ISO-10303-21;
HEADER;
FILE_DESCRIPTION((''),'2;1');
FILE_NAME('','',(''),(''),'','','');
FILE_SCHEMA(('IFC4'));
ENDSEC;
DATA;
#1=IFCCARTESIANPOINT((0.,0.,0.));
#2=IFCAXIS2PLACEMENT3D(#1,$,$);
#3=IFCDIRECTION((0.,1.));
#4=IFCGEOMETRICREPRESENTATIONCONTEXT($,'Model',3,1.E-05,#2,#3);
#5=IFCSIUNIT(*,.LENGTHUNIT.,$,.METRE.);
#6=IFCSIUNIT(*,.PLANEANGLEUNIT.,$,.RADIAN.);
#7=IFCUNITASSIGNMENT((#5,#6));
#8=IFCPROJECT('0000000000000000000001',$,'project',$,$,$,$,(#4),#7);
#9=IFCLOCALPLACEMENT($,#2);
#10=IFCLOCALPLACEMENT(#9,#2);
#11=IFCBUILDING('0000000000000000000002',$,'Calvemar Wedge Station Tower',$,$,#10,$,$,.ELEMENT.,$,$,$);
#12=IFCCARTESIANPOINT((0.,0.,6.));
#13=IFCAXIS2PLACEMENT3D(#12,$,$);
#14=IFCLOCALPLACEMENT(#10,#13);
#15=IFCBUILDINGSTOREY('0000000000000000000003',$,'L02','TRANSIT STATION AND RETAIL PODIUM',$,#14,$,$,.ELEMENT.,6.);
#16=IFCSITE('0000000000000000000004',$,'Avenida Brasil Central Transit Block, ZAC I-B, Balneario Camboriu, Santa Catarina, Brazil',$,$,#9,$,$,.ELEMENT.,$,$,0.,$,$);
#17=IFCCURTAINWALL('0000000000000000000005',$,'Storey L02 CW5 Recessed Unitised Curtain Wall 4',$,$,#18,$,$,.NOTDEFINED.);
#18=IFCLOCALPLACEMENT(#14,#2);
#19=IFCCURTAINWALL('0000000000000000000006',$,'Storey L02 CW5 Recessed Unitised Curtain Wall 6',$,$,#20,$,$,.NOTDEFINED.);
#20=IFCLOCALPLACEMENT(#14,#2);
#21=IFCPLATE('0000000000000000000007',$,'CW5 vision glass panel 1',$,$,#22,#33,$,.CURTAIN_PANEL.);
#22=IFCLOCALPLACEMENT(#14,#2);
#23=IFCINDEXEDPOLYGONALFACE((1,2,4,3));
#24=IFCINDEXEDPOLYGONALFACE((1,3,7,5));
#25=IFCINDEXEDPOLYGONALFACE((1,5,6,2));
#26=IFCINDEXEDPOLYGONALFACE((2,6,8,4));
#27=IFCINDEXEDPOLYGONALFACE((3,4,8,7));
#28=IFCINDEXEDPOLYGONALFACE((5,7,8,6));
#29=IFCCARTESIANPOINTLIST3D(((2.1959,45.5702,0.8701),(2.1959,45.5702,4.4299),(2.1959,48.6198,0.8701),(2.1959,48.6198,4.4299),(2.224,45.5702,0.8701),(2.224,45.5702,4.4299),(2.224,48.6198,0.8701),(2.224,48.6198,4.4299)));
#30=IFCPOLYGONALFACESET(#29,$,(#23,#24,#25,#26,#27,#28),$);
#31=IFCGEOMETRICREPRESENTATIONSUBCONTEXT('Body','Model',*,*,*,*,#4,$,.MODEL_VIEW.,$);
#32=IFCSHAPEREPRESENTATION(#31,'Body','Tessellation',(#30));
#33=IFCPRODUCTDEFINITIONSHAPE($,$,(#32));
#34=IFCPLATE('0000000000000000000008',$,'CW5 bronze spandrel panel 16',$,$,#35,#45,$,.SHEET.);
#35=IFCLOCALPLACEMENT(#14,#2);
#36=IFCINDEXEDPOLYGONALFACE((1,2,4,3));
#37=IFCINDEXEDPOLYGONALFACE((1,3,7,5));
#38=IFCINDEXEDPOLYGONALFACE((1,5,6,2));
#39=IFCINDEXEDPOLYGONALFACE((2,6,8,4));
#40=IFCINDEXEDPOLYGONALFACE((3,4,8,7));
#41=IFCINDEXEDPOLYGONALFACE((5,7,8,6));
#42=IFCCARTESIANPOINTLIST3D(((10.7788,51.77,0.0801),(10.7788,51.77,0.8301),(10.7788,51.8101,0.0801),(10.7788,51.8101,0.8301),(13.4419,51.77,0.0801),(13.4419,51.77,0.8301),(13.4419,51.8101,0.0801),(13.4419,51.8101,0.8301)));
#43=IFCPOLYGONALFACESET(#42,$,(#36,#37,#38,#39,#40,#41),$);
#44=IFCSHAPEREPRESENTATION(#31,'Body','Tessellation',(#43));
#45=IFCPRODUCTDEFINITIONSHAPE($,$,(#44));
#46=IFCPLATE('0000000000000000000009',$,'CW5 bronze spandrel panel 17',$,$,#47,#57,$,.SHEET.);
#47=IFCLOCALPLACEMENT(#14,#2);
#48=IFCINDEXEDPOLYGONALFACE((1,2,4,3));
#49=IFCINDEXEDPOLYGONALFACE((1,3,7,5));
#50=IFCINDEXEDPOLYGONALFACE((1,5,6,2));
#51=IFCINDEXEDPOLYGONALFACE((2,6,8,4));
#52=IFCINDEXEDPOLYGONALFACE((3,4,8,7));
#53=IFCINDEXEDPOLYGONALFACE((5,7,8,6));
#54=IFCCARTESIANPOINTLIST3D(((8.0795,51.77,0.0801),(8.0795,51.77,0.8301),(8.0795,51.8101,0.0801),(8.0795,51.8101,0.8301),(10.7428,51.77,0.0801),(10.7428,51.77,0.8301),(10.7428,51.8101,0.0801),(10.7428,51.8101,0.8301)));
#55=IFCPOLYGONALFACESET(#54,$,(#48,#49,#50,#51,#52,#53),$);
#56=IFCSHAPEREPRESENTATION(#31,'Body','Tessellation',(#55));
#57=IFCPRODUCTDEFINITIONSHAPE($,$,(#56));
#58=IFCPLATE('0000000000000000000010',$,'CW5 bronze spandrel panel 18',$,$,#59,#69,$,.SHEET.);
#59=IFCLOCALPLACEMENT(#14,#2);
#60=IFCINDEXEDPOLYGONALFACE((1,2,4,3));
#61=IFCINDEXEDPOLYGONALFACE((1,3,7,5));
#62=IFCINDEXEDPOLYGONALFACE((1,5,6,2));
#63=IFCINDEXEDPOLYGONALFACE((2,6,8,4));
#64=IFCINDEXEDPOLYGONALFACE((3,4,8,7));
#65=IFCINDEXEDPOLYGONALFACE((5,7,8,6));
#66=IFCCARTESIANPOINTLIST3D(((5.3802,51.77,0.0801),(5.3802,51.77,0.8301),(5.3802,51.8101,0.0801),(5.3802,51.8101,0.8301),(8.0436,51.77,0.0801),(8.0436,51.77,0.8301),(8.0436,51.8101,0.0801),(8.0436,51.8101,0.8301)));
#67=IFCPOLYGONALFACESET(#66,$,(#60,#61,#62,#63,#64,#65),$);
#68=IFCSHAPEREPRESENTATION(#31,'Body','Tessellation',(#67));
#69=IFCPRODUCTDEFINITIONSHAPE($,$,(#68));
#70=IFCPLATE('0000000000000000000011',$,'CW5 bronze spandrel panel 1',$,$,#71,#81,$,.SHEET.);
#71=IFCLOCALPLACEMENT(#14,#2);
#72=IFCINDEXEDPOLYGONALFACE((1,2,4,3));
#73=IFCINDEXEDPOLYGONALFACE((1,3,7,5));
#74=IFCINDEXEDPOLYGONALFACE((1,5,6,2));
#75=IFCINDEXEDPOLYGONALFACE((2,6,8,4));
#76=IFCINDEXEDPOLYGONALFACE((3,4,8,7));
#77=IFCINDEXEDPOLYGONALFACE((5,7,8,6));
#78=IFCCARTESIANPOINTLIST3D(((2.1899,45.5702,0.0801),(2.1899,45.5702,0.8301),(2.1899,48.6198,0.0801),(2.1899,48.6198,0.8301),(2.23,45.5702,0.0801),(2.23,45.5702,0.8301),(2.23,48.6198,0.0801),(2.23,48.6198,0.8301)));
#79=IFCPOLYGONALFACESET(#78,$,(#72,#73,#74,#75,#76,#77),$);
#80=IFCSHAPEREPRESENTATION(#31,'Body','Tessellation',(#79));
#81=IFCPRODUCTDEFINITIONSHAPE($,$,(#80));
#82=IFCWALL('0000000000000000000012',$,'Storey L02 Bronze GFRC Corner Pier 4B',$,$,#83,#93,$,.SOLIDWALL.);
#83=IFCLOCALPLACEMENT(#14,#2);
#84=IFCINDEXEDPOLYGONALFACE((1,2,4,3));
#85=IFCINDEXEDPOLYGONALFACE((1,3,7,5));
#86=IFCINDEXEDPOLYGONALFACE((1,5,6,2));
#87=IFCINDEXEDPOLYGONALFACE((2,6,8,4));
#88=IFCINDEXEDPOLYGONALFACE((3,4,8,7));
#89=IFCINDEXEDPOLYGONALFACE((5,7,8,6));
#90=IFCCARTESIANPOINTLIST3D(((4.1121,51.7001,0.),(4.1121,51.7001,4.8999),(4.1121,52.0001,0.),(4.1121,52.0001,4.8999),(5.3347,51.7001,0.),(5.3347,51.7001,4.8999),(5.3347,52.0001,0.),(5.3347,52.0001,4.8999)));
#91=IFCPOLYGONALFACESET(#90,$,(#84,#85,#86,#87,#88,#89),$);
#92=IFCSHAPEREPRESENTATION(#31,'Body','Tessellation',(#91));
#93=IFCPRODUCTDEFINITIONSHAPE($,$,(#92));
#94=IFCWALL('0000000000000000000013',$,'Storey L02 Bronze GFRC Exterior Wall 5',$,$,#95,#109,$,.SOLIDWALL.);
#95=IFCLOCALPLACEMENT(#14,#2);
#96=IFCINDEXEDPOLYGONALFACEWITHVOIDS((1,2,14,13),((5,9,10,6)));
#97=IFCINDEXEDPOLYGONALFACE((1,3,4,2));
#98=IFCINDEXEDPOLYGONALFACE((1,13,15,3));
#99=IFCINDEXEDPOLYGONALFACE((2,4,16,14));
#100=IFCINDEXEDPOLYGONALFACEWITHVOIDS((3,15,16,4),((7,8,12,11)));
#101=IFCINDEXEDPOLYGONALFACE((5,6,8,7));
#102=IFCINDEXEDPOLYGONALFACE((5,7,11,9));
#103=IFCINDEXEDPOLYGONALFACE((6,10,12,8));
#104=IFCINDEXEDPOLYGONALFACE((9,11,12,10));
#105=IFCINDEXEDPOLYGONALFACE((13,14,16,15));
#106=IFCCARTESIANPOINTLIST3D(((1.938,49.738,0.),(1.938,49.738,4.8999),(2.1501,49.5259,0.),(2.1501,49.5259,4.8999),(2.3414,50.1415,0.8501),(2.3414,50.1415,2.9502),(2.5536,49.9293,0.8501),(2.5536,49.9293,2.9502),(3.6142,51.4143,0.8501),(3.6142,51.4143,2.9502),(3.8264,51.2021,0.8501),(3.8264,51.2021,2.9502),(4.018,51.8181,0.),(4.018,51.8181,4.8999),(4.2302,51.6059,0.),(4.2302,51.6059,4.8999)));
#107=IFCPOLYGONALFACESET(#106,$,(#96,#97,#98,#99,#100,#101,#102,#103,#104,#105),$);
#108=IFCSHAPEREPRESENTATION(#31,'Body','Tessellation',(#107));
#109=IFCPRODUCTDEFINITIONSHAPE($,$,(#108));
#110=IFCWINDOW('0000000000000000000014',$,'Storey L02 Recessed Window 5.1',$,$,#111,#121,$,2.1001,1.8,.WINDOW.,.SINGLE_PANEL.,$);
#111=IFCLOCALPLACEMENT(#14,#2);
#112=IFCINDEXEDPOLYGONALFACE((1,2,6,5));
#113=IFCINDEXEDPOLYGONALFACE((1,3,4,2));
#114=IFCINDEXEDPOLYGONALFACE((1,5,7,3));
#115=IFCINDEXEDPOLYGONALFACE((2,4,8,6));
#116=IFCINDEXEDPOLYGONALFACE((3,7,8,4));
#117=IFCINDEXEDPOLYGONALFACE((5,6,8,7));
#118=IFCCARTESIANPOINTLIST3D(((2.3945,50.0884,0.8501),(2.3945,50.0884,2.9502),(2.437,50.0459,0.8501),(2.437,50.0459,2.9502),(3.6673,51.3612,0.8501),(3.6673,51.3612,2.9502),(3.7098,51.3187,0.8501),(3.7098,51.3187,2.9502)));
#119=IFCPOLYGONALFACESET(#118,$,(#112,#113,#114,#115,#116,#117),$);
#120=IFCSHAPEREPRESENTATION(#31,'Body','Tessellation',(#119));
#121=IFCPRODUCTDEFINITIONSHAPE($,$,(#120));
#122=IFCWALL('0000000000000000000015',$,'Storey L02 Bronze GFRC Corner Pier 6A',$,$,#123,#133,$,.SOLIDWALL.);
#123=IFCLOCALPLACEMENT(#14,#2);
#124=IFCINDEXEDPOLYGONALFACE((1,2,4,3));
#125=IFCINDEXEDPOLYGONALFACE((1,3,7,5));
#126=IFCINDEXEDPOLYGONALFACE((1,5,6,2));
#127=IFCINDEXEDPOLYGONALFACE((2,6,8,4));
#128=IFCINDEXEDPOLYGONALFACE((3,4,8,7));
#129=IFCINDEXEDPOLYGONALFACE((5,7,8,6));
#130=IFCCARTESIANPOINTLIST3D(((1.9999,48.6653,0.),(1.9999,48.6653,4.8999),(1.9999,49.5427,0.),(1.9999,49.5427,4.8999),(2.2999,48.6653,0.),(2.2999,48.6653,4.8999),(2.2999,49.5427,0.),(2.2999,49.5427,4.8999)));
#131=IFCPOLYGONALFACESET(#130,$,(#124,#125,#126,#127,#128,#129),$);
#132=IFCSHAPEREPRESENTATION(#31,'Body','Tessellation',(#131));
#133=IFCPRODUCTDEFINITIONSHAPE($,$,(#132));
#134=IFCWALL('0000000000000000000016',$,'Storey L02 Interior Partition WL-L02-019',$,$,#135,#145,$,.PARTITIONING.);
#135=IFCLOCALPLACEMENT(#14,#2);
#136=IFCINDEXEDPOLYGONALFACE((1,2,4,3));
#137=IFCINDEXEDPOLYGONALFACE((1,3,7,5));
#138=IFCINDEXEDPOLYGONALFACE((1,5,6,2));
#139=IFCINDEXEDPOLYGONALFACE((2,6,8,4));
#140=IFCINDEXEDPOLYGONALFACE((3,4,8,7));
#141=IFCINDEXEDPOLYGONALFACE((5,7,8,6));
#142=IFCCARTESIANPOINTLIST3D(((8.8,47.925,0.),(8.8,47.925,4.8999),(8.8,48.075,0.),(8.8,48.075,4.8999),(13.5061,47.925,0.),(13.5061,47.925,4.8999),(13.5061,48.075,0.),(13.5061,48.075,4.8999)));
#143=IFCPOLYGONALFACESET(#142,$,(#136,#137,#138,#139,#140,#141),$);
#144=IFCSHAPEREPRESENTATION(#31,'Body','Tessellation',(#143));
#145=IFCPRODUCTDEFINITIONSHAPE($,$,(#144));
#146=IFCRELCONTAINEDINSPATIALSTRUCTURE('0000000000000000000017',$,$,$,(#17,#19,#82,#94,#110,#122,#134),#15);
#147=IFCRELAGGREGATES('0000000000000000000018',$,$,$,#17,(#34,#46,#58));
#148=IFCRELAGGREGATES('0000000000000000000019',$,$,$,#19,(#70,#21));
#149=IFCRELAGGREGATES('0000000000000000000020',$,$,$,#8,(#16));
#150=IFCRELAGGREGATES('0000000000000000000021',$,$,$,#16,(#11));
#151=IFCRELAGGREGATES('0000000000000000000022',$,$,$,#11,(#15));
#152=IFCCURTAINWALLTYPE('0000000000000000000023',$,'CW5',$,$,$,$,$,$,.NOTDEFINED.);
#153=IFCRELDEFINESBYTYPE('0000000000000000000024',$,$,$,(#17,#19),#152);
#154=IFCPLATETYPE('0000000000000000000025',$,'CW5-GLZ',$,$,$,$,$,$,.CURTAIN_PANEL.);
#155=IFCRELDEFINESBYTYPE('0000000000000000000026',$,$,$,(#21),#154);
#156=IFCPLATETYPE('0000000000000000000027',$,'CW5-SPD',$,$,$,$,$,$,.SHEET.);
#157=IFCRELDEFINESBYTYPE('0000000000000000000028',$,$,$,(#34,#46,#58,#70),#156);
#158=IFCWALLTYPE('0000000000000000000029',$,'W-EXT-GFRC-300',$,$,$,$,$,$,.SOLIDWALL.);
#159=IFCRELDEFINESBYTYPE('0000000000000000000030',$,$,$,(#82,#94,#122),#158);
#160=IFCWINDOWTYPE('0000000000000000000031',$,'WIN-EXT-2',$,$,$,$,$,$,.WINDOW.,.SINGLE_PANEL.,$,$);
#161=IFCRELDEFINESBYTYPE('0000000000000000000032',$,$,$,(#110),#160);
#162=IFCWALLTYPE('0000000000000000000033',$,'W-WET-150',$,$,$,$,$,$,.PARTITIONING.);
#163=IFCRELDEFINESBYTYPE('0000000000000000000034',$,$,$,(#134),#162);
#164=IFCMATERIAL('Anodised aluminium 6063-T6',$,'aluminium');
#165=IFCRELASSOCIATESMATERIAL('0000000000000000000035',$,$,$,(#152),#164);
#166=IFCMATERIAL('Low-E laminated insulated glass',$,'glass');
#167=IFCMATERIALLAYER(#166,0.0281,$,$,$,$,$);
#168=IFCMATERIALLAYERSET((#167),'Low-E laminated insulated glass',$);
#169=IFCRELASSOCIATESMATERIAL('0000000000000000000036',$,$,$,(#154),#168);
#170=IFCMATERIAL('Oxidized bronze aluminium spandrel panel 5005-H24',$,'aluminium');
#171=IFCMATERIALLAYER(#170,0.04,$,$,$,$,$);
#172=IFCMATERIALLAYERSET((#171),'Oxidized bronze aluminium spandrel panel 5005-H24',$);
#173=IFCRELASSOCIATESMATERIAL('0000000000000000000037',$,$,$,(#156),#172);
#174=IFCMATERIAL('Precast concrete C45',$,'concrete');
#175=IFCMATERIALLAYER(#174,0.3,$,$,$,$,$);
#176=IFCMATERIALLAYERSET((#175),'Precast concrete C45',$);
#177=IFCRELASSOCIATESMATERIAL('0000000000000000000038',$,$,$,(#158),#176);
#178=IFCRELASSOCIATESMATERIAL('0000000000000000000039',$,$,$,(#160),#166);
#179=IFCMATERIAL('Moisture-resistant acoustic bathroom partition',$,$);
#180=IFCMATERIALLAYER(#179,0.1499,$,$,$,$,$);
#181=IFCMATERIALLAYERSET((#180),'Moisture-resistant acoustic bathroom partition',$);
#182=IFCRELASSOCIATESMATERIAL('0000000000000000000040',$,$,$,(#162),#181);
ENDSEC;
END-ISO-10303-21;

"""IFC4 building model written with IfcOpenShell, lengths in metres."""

from ifc_helpers import new_model, si_unit, direction, frame, frame_2d, origin, place, context, subcontext, project, spatial, rectangle, extrude, source, transform, mapped, material, layer, layer_set, type_object, element, fill, aggregate, save


model = new_model("IFC4")

# Units and contexts
model_context = context("Model", 3, precision=1e-05, world=origin(), true_north=direction((0.0, 1.0)))
body_context = subcontext(model_context, "Body", "Model", "MODEL_VIEW")
ifc_project = project(units=[si_unit("LENGTHUNIT", "METRE"), si_unit("PLANEANGLEUNIT", "RADIAN")], contexts=[model_context])

# Site, building, storey
site_placement = place(None, origin())
site = spatial("IfcSite", under=ifc_project, at=site_placement, Name="Avenida Brasil Central Transit Block, ZAC I-B, Balneario Camboriu, Santa Catarina, Brazil", CompositionType="ELEMENT", RefElevation=0.0)
building_placement = place(site_placement, origin())
building = spatial("IfcBuilding", under=site, at=building_placement, Name="Calvemar Wedge Station Tower", CompositionType="ELEMENT")
storey_placement = place(building_placement, frame((0.0, 0.0, 6.0)))
storey = spatial("IfcBuildingStorey", under=building, at=storey_placement, Name="L02", Description="TRANSIT STATION AND RETAIL PODIUM", CompositionType="ELEMENT", Elevation=6.0)

# Curtain walls
ifc_material_1 = material(Name="Anodised aluminium 6063-T6", Category="aluminium")
curtain_wall_type = type_object("IfcCurtainWallType", Name="CW5", PredefinedType="NOTDEFINED", material=ifc_material_1)
curtain_wall_1_placement = place(storey_placement, origin())
curtain_wall_1 = element("IfcCurtainWall", 1, at=curtain_wall_1_placement, inside=storey, type_object=curtain_wall_type, Name="Storey L02 CW5 Recessed Unitised Curtain Wall 4", PredefinedType="NOTDEFINED")
curtain_wall_2_placement = place(storey_placement, origin())
curtain_wall_2 = element("IfcCurtainWall", 2, at=curtain_wall_2_placement, inside=storey, type_object=curtain_wall_type, Name="Storey L02 CW5 Recessed Unitised Curtain Wall 6", PredefinedType="NOTDEFINED")

# Plates
ifc_material_2 = material(Name="Low-E laminated insulated glass", Category="glass")
ifc_layer_1 = layer(ifc_material_2, 0.0281)
ifc_layer_set_1 = layer_set([ifc_layer_1], Name="Low-E laminated insulated glass")
plate_type_1 = type_object("IfcPlateType", Name="CW5-GLZ", PredefinedType="CURTAIN_PANEL", material=ifc_layer_set_1)
plate_1_placement = place(storey_placement, frame((2.21, 48.6199, 0.8701), z_axis=(0.0, 0.0, 1.0), x_axis=(0.0, -1.0, 0.0)))
plate_1 = element("IfcPlate", 3, at=plate_1_placement, type_object=plate_type_1, Name="CW5 vision glass panel 1", PredefinedType="CURTAIN_PANEL", context=body_context, shape_type="SweptSolid", body=[
    extrude(rectangle(XDim=3.0496, YDim=0.0281, at=frame_2d((1.5249, 0.0))), origin(), (0.0, 0.0, 1.0), 3.5598),
])
ifc_material_3 = material(Name="Oxidized bronze aluminium spandrel panel 5005-H24", Category="aluminium")
ifc_layer_2 = layer(ifc_material_3, 0.04)
ifc_layer_set_2 = layer_set([ifc_layer_2], Name="Oxidized bronze aluminium spandrel panel 5005-H24")
plate_type_2 = type_object("IfcPlateType", Name="CW5-SPD", PredefinedType="SHEET", material=ifc_layer_set_2)
plate_2_placement = place(storey_placement, frame((13.4419, 51.79, 0.0801), z_axis=(0.0, 0.0, 1.0), x_axis=(-1.0, 0.0, 0.0)))
plate_2 = element("IfcPlate", 4, at=plate_2_placement, type_object=plate_type_2, Name="CW5 bronze spandrel panel 16", PredefinedType="SHEET", context=body_context, shape_type="SweptSolid", body=[
    extrude(rectangle(XDim=2.6631, YDim=0.04, at=frame_2d((1.3315, 0.0))), origin(), (0.0, 0.0, 1.0), 0.75),
])
plate_3_placement = place(storey_placement, frame((10.7427, 51.79, 0.0801), z_axis=(0.0, 0.0, 1.0), x_axis=(-1.0, 0.0, 0.0)))
plate_3 = element("IfcPlate", 5, at=plate_3_placement, type_object=plate_type_2, Name="CW5 bronze spandrel panel 17", PredefinedType="SHEET", context=body_context, shape_type="SweptSolid", body=[
    extrude(rectangle(XDim=2.6633, YDim=0.04, at=frame_2d((1.3315, 0.0))), origin(), (0.0, 0.0, 1.0), 0.75),
])
plate_4_placement = place(storey_placement, frame((8.0435, 51.79, 0.0801), z_axis=(0.0, 0.0, 1.0), x_axis=(-1.0, 0.0, 0.0)))
plate_4 = element("IfcPlate", 6, at=plate_4_placement, type_object=plate_type_2, Name="CW5 bronze spandrel panel 18", PredefinedType="SHEET", context=body_context, shape_type="SweptSolid", body=[
    extrude(rectangle(XDim=2.6633, YDim=0.04, at=frame_2d((1.3315, 0.0))), origin(), (0.0, 0.0, 1.0), 0.75),
])
aggregate(curtain_wall_1, [plate_2, plate_3, plate_4])
plate_5_placement = place(storey_placement, frame((2.21, 48.6199, 0.0801), z_axis=(0.0, 0.0, 1.0), x_axis=(0.0, -1.0, 0.0)))
plate_5 = element("IfcPlate", 7, at=plate_5_placement, type_object=plate_type_2, Name="CW5 bronze spandrel panel 1", PredefinedType="SHEET", context=body_context, shape_type="SweptSolid", body=[
    extrude(rectangle(XDim=3.0496, YDim=0.04, at=frame_2d((1.5249, 0.0))), origin(), (0.0, 0.0, 1.0), 0.75),
])
aggregate(curtain_wall_2, [plate_5, plate_1])

# Wall
ifc_material_4 = material(Name="Precast concrete C45", Category="concrete")
ifc_layer_3 = layer(ifc_material_4, 0.3)
ifc_layer_set_3 = layer_set([ifc_layer_3], Name="Precast concrete C45")
wall_type_1 = type_object("IfcWallType", Name="W-EXT-GFRC-300", PredefinedType="SOLIDWALL", material=ifc_layer_set_3)
wall_1_placement = place(storey_placement, frame((5.3347, 51.8501, 0.0), z_axis=(0.0, 0.0, 1.0), x_axis=(-1.0, 0.0, 0.0)))
element("IfcWall", 8, at=wall_1_placement, inside=storey, type_object=wall_type_1, Name="Storey L02 Bronze GFRC Corner Pier 4B", PredefinedType="SOLIDWALL", context=body_context, shape_type="SweptSolid", body=[
    extrude(rectangle(XDim=1.2227, YDim=0.3, at=frame_2d((0.6113, 0.0))), origin(), (0.0, 0.0, 1.0), 4.8999),
])

# Wall, opening, window
wall_2_placement = place(storey_placement, frame((4.124, 51.7119, 0.0), z_axis=(0.0, 0.0, 1.0), x_axis=(-0.707107, -0.707107, 0.0)))
wall_2 = element("IfcWall", 9, at=wall_2_placement, inside=storey, type_object=wall_type_1, Name="Storey L02 Bronze GFRC Exterior Wall 5", PredefinedType="SOLIDWALL", context=body_context, shape_type="SweptSolid", body=[
    extrude(rectangle(XDim=2.9417, YDim=0.3, at=frame_2d((1.4707, 0.0))), origin(), (0.0, 0.0, 1.0), 4.8999),
])
shared_shape_1 = source(origin(), body_context, "Body", "SweptSolid", [
    extrude(rectangle(XDim=1.8, YDim=2.1001, at=frame_2d((0.8999, 1.05))), frame((0.0, 0.1602, 0.0), z_axis=(0.0, -1.0, 0.0), x_axis=(1.0, 0.0, 0.0)), (0.0, 0.0, 1.0), 0.3201),
])
opening_placement = place(wall_2_placement, frame((0.571, 0.0, 0.8501)))
opening = element("IfcOpeningElement", 10, at=opening_placement, cuts=wall_2, PredefinedType="OPENING", context=body_context, shape_type="MappedRepresentation", body=[
    mapped(shared_shape_1, transform((0.0, 0.0, 0.0), scale=1.0)),
])
window_type = type_object("IfcWindowType", Name="WIN-EXT-2", PartitioningType="SINGLE_PANEL", PredefinedType="WINDOW", material=ifc_material_2)
shared_shape_2 = source(origin(), body_context, "Body", "SweptSolid", [
    extrude(rectangle(XDim=1.8, YDim=2.1001, at=frame_2d((0.8999, 1.05))), frame((0.0, -0.0149, 0.0), z_axis=(0.0, -1.0, 0.0), x_axis=(1.0, 0.0, 0.0)), (0.0, 0.0, 1.0), 0.0601),
])
window_placement = place(opening_placement, origin())
window = element("IfcWindow", 11, at=window_placement, inside=storey, type_object=window_type, Name="Storey L02 Recessed Window 5.1", OverallHeight=2.1001, OverallWidth=1.8, PartitioningType="SINGLE_PANEL", PredefinedType="WINDOW", context=body_context, shape_type="MappedRepresentation", body=[
    mapped(shared_shape_2, transform((0.0, 0.0, 0.0), scale=1.0)),
])
fill(opening, window)

# Walls
wall_3_placement = place(storey_placement, frame((2.1499, 49.5427, 0.0), z_axis=(0.0, 0.0, 1.0), x_axis=(0.0, -1.0, 0.0)))
element("IfcWall", 12, at=wall_3_placement, inside=storey, type_object=wall_type_1, Name="Storey L02 Bronze GFRC Corner Pier 6A", PredefinedType="SOLIDWALL", context=body_context, shape_type="SweptSolid", body=[
    extrude(rectangle(XDim=0.8774, YDim=0.3, at=frame_2d((0.4387, 0.0))), origin(), (0.0, 0.0, 1.0), 4.8999),
])
ifc_material_5 = material(Name="Moisture-resistant acoustic bathroom partition")
ifc_layer_4 = layer(ifc_material_5, 0.1499)
ifc_layer_set_4 = layer_set([ifc_layer_4], Name="Moisture-resistant acoustic bathroom partition")
wall_type_2 = type_object("IfcWallType", Name="W-WET-150", PredefinedType="PARTITIONING", material=ifc_layer_set_4)
wall_4_placement = place(storey_placement, frame((8.8, 48.0, 0.0), z_axis=(0.0, 0.0, 1.0), x_axis=(1.0, 0.0, 0.0)))
element("IfcWall", 13, at=wall_4_placement, inside=storey, type_object=wall_type_2, Name="Storey L02 Interior Partition WL-L02-019", PredefinedType="PARTITIONING", context=body_context, shape_type="SweptSolid", body=[
    extrude(rectangle(XDim=4.7061, YDim=0.1499, at=frame_2d((2.353, 0.0))), origin(), (0.0, 0.0, 1.0), 4.8999),
])

save(model, "model.ifc")
